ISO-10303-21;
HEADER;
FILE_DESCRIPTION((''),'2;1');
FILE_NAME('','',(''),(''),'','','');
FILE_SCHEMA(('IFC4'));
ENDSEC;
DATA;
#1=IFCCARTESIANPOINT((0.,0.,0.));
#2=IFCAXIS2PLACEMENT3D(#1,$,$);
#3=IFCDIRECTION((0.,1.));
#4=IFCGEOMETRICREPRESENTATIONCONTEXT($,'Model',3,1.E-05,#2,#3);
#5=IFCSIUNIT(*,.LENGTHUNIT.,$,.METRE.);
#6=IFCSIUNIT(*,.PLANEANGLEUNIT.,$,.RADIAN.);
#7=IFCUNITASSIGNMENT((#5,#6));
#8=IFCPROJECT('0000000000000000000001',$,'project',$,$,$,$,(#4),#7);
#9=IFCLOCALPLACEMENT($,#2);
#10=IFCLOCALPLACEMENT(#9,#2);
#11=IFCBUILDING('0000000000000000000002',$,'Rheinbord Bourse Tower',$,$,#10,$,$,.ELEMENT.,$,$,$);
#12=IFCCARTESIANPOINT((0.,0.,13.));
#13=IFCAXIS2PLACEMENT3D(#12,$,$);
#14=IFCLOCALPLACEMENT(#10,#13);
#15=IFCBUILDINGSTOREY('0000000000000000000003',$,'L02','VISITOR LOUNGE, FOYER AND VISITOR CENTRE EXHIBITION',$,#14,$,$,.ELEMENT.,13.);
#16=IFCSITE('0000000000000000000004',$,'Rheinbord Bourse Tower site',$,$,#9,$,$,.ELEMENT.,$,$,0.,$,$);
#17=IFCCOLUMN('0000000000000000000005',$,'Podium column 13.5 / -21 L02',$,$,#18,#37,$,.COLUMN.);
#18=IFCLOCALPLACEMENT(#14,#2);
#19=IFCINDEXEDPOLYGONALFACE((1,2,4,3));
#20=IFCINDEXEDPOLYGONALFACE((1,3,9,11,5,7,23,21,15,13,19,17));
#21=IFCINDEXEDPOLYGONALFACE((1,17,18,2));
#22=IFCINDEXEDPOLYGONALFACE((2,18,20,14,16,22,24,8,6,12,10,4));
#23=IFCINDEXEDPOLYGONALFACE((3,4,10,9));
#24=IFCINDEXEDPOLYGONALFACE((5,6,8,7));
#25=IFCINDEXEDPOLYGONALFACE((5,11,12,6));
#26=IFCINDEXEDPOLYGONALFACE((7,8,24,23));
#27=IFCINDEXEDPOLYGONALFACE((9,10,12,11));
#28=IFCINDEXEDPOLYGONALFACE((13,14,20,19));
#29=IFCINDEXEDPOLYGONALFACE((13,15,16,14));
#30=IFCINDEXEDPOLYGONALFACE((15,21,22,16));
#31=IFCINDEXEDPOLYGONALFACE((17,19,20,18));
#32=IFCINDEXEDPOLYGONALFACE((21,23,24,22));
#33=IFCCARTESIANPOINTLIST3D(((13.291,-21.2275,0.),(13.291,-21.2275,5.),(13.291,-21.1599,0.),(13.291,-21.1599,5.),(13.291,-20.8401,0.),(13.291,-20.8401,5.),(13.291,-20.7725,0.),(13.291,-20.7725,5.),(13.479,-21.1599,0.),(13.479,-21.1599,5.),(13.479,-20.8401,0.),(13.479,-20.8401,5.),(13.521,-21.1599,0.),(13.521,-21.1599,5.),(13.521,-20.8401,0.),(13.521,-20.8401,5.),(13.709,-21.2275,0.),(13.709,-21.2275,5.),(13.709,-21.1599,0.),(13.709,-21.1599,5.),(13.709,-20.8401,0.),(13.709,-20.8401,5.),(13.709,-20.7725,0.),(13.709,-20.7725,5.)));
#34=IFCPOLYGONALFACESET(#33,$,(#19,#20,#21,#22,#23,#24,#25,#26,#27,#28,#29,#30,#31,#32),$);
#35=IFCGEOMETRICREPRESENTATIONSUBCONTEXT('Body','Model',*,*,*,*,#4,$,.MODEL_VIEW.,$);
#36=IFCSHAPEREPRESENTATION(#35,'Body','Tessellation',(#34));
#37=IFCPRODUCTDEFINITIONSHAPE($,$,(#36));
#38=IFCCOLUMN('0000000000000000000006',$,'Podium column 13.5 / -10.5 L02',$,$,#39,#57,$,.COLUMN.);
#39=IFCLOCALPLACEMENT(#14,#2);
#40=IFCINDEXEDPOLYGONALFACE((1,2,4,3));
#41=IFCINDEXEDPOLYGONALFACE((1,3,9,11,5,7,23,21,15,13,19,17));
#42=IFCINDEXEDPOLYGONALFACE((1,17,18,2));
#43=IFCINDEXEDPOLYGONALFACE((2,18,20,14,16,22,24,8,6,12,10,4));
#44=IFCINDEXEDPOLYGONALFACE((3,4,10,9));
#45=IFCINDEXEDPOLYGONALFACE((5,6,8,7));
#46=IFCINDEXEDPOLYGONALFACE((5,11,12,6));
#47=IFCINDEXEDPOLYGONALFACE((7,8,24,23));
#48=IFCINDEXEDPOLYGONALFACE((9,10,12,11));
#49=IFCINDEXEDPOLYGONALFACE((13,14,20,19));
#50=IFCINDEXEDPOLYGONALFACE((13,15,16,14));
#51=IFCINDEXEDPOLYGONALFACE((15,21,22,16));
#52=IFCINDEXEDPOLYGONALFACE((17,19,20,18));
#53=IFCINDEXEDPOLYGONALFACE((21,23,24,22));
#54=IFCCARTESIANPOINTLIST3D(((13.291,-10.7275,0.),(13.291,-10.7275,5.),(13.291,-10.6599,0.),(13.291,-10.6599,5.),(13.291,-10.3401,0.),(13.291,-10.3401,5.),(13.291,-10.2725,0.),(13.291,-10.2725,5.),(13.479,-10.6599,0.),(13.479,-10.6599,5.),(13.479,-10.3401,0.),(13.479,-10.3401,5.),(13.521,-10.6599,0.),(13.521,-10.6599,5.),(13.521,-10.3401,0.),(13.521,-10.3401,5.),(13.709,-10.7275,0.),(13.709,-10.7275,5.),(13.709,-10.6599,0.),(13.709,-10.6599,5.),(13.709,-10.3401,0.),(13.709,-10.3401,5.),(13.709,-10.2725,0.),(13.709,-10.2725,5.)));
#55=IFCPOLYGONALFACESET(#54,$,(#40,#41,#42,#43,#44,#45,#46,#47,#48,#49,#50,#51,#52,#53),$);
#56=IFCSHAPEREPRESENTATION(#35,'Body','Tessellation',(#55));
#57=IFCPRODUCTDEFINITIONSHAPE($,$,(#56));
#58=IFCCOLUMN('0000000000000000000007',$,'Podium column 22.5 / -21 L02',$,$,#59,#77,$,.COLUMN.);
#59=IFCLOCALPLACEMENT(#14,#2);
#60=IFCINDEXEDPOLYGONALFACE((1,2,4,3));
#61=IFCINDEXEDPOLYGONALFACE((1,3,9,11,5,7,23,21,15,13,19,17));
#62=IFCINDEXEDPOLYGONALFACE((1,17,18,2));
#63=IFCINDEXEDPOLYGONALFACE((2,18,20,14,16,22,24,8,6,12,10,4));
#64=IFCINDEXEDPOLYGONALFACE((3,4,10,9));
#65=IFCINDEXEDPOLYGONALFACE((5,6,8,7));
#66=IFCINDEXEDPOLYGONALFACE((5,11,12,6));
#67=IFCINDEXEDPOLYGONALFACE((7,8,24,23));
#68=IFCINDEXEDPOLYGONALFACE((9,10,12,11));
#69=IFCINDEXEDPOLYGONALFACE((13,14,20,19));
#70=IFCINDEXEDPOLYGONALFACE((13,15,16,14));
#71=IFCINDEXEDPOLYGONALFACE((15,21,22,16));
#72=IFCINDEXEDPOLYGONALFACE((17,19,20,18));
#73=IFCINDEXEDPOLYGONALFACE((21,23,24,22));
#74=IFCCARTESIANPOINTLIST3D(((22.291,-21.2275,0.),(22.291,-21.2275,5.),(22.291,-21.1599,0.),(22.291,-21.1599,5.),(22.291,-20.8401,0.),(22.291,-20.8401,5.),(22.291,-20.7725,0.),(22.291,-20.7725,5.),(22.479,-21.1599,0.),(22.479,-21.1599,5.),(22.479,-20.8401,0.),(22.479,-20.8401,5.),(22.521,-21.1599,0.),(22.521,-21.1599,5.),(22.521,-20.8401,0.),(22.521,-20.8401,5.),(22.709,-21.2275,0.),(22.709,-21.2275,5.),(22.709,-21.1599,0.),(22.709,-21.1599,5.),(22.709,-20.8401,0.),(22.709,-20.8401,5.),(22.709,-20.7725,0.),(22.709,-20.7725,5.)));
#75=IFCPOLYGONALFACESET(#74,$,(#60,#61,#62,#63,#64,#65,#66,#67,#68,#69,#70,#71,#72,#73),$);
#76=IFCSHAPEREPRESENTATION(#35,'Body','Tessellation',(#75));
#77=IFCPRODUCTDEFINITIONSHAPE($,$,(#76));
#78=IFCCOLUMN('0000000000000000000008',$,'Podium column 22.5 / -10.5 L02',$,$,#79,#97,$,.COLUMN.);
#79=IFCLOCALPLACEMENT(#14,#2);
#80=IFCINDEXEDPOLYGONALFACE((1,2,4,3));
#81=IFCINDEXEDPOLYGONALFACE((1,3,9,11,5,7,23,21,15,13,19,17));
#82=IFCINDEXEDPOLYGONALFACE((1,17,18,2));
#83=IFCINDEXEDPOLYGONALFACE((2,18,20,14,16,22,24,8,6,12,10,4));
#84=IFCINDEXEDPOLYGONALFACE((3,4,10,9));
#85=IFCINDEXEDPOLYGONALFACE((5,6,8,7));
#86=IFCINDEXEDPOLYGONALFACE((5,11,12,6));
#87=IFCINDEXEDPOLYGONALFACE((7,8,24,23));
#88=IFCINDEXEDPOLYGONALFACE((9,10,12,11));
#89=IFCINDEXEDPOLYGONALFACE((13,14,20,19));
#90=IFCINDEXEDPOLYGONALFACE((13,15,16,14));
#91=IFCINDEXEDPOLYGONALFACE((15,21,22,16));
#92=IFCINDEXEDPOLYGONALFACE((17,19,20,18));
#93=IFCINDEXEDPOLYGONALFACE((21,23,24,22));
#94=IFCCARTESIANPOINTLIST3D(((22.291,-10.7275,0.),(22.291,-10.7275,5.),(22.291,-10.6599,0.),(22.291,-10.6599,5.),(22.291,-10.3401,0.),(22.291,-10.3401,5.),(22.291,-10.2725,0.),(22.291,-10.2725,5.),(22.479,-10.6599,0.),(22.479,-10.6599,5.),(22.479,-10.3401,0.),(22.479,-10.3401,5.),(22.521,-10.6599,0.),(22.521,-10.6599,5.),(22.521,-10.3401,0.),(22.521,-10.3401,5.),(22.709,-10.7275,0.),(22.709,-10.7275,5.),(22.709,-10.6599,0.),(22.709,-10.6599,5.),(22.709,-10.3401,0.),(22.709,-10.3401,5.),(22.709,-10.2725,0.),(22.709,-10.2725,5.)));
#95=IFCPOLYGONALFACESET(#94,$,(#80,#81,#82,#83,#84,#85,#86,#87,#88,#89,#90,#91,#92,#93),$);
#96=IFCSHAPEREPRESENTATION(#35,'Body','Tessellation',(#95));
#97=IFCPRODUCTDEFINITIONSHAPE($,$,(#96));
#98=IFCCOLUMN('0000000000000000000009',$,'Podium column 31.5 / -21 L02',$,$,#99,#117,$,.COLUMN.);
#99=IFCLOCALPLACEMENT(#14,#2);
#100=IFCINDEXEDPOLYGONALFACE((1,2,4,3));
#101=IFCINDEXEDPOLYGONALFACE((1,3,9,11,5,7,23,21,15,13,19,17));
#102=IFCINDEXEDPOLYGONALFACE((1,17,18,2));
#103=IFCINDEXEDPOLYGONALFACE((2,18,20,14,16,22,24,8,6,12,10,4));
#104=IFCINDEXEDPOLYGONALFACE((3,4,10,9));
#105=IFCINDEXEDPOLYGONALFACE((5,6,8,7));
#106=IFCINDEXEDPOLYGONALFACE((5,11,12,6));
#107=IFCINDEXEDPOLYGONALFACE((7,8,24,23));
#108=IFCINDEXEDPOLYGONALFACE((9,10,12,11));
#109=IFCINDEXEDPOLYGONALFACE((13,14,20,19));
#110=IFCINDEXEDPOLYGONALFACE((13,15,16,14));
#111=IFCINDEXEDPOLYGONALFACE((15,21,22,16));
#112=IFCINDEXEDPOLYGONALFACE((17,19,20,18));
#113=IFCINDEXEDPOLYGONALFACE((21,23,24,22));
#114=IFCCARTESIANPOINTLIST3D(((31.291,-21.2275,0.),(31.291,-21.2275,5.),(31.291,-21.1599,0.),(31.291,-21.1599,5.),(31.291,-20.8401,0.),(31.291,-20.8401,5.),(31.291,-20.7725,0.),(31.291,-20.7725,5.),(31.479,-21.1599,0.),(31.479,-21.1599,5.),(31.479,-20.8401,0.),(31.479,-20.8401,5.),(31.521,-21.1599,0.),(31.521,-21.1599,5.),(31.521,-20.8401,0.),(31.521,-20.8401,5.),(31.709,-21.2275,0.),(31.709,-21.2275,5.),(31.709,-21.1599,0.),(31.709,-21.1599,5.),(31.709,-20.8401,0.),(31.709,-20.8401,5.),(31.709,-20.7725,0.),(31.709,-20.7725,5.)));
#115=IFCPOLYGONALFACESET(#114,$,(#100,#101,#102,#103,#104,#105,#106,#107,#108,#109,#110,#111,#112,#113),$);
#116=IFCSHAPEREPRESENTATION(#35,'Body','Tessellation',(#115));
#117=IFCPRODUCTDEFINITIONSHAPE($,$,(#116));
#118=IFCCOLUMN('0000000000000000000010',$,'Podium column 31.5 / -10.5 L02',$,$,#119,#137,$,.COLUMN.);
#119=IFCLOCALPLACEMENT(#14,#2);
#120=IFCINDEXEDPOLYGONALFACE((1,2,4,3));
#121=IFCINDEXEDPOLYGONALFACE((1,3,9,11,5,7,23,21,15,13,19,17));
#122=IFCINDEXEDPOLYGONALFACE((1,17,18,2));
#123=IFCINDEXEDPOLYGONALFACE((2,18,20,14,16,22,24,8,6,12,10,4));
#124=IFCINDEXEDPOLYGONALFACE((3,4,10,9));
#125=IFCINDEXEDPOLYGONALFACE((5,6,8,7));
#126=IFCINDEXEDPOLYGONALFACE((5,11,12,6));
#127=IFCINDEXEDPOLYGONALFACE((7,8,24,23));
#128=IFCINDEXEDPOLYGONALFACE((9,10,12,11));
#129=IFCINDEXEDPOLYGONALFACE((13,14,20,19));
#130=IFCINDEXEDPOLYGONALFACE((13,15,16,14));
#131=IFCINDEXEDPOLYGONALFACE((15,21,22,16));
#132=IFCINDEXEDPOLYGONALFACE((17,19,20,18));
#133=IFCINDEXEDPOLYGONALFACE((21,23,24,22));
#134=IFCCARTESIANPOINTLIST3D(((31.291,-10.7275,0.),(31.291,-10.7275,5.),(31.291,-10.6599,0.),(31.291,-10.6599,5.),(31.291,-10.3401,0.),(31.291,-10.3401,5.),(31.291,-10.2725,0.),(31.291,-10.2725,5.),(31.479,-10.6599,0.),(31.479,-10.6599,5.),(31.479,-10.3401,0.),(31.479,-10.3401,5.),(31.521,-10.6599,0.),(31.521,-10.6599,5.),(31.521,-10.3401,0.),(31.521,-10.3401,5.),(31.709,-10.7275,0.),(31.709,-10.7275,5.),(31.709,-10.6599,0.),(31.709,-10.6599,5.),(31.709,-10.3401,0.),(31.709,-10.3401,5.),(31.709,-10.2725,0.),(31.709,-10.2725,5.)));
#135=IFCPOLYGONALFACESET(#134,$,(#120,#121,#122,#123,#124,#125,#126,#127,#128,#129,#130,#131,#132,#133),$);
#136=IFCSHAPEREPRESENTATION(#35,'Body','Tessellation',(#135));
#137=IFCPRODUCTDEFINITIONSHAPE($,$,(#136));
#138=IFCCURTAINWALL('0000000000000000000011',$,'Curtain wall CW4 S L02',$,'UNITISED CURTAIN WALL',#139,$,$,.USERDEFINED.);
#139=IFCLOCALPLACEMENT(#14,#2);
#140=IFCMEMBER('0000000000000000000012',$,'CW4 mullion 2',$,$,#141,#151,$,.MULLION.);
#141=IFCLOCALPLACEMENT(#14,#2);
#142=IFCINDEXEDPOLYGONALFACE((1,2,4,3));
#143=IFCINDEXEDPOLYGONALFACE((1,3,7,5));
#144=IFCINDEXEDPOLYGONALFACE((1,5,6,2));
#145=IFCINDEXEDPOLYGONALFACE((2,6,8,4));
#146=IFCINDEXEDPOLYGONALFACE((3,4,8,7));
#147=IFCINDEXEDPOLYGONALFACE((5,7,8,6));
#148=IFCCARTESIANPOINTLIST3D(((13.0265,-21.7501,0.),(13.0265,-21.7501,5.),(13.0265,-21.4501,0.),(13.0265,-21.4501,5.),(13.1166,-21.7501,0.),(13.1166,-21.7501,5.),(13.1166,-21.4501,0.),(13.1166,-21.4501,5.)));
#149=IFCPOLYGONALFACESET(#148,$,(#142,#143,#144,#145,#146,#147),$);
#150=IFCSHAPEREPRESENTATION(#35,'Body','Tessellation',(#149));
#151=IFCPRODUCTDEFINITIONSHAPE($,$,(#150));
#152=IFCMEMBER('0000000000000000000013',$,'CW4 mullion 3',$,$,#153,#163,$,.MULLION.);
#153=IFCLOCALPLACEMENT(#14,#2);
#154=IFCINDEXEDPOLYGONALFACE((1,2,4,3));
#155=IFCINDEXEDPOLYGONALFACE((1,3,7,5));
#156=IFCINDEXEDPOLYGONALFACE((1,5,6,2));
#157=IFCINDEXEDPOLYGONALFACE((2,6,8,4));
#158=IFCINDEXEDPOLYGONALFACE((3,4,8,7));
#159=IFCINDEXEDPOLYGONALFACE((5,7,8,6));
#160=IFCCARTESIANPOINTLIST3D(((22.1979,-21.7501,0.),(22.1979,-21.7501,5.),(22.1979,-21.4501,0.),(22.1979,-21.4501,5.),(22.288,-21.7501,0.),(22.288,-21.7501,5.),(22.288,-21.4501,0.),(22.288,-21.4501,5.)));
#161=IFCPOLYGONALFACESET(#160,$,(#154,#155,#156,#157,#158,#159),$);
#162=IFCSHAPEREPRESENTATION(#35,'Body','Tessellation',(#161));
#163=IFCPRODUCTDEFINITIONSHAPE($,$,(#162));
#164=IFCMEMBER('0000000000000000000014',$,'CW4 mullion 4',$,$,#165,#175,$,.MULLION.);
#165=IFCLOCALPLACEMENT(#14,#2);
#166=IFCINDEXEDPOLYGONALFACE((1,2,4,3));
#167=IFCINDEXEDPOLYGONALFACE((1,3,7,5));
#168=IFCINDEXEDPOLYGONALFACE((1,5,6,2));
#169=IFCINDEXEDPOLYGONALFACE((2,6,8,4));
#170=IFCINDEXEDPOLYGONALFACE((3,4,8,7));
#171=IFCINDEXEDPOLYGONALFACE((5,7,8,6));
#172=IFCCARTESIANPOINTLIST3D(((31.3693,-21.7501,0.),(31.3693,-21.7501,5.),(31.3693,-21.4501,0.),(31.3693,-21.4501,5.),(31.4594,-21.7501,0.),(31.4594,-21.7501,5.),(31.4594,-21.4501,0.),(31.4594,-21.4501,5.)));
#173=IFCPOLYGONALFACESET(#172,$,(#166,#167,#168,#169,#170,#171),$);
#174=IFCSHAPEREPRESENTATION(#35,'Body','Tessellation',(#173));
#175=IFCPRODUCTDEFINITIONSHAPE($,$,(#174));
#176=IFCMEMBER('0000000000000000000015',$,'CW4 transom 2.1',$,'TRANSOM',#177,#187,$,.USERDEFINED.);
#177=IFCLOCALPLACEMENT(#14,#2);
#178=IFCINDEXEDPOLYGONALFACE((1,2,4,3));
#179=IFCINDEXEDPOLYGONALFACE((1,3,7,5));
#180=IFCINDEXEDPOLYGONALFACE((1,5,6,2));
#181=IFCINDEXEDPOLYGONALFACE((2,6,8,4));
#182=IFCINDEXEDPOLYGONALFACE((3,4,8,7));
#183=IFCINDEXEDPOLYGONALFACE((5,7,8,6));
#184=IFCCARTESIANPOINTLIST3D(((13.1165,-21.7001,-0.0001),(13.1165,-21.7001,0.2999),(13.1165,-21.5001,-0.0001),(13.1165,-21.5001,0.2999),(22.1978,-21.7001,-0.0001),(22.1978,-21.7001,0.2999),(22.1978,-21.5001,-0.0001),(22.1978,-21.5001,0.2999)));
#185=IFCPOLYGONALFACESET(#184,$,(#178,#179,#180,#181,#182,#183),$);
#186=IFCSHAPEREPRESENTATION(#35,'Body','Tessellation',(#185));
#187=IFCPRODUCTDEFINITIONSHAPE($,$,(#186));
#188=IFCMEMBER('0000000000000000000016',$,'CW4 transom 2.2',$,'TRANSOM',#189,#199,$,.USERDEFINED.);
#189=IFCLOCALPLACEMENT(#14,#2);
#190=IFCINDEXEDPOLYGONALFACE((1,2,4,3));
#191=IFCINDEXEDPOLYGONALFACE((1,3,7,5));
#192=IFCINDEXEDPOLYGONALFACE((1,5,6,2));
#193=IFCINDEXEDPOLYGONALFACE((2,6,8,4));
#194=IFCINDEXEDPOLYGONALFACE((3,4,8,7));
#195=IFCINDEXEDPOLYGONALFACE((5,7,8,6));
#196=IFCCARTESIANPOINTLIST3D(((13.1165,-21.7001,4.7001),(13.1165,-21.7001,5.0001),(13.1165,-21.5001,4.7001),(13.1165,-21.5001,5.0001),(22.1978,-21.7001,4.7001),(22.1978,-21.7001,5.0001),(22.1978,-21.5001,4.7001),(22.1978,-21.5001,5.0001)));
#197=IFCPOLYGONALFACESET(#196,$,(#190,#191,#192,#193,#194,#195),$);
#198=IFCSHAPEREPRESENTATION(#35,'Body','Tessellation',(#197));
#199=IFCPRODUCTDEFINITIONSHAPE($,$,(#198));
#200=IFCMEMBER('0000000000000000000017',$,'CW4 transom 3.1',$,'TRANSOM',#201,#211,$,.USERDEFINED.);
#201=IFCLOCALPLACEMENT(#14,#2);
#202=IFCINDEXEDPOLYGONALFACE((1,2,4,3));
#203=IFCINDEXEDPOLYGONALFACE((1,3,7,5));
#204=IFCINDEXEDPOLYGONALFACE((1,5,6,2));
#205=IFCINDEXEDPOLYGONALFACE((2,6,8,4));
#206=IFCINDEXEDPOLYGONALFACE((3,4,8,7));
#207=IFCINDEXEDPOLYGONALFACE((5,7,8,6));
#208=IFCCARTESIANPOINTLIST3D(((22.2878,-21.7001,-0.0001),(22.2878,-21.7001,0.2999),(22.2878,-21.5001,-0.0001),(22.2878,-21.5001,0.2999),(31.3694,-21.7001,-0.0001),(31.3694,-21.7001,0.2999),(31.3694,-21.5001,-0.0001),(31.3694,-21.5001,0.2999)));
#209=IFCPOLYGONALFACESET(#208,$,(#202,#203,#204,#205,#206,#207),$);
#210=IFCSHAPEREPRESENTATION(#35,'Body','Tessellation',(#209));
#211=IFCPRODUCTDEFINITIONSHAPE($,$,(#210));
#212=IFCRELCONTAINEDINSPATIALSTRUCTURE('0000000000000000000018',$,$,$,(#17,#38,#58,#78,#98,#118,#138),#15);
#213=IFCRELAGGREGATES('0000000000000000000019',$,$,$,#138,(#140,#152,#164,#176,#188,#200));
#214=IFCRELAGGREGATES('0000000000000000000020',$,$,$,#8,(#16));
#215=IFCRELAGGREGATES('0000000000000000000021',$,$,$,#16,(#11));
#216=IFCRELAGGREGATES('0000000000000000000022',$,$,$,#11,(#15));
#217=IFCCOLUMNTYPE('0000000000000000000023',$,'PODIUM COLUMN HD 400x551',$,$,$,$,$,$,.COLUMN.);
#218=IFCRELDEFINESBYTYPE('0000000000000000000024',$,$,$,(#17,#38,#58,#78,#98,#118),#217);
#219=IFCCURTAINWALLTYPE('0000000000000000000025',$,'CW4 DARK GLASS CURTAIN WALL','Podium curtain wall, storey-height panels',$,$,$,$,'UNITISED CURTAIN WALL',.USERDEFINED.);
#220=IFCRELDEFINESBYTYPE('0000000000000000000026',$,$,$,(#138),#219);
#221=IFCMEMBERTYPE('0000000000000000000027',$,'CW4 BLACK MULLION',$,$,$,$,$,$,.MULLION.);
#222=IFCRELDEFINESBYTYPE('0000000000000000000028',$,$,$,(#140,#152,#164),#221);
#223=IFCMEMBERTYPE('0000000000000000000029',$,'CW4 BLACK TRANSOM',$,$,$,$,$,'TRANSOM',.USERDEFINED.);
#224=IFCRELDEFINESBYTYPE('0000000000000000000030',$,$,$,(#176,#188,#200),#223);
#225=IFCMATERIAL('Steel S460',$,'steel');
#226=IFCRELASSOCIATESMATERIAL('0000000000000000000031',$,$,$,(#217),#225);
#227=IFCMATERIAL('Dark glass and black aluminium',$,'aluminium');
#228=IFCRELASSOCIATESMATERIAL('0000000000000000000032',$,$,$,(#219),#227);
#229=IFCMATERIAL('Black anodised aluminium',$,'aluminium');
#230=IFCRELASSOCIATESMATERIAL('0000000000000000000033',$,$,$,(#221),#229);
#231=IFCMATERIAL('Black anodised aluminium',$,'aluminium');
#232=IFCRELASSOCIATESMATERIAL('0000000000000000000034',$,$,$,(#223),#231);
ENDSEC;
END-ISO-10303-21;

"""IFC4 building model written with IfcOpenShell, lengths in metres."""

from ifc_helpers import new_model, si_unit, direction, frame, origin, origin_2d, place, context, subcontext, project, spatial, rectangle, i_section, extrude, material, material_profile, profile_set, type_object, element, aggregate, save


model = new_model("IFC4")

# Units and contexts
model_context = context("Model", 3, precision=1e-05, world=origin(), true_north=direction((0.0, 1.0)))
body_context = subcontext(model_context, "Body", "Model", "MODEL_VIEW")
ifc_project = project(units=[si_unit("LENGTHUNIT", "METRE"), si_unit("PLANEANGLEUNIT", "RADIAN")], contexts=[model_context])

# Site, building, storey
site_placement = place(None, origin())
site = spatial("IfcSite", under=ifc_project, at=site_placement, Name="Rheinbord Bourse Tower site", CompositionType="ELEMENT", RefElevation=0.0)
building_placement = place(site_placement, origin())
building = spatial("IfcBuilding", under=site, at=building_placement, Name="Rheinbord Bourse Tower", CompositionType="ELEMENT")
storey_placement = place(building_placement, frame((0.0, 0.0, 13.0)))
storey = spatial("IfcBuildingStorey", under=building, at=storey_placement, Name="L02", Description="VISITOR LOUNGE, FOYER AND VISITOR CENTRE EXHIBITION", CompositionType="ELEMENT", Elevation=13.0)

# Columns
ifc_material_1 = material(Name="Steel S460", Category="steel")
ifc_material_profile_1 = material_profile(ifc_material_1, i_section(OverallWidth=0.418, OverallDepth=0.4551, WebThickness=0.042, FlangeThickness=0.0676, at=origin_2d()), Name="HD 400x551")
ifc_profile_set_1 = profile_set([ifc_material_profile_1], Name="Steel S460")
column_type = type_object("IfcColumnType", Name="PODIUM COLUMN HD 400x551", PredefinedType="COLUMN", material=ifc_profile_set_1)
for number, where, z_axis, x_axis, name in (
    (1, (13.5, -21.0, 0.0), (0.0, 0.0, 1.0), (1.0, 0.0, 0.0), "Podium column 13.5 / -21 L02"),
    (2, (13.5, -10.5, 0.0), (0.0, 0.0, 1.0), (1.0, 0.0, 0.0), "Podium column 13.5 / -10.5 L02"),
    (3, (22.5, -21.0, 0.0), (0.0, 0.0, 1.0), (1.0, 0.0, 0.0), "Podium column 22.5 / -21 L02"),
    (4, (22.5, -10.5, 0.0), (0.0, 0.0, 1.0), (1.0, 0.0, 0.0), "Podium column 22.5 / -10.5 L02"),
    (5, (31.5, -21.0, 0.0), (0.0, 0.0, 1.0), (1.0, 0.0, 0.0), "Podium column 31.5 / -21 L02"),
    (6, (31.5, -10.5, 0.0), (0.0, 0.0, 1.0), (1.0, 0.0, 0.0), "Podium column 31.5 / -10.5 L02"),
):
    element("IfcColumn", number, at=place(storey_placement, frame(where, z_axis=z_axis, x_axis=x_axis)), inside=storey, type_object=column_type, Name=name, PredefinedType="COLUMN", context=body_context, shape_type="SweptSolid", body=[
        extrude(i_section(OverallWidth=0.418, OverallDepth=0.4551, WebThickness=0.042, FlangeThickness=0.0676, at=origin_2d()), origin(), (0.0, 0.0, 1.0), 5.0),
    ])

# Curtain wall, members
ifc_material_2 = material(Name="Dark glass and black aluminium", Category="aluminium")
curtain_wall_type = type_object("IfcCurtainWallType", Name="CW4 DARK GLASS CURTAIN WALL", Description="Podium curtain wall, storey-height panels", ElementType="UNITISED CURTAIN WALL", PredefinedType="USERDEFINED", material=ifc_material_2)
curtain_wall_placement = place(storey_placement, origin())
curtain_wall = element("IfcCurtainWall", 7, at=curtain_wall_placement, inside=storey, type_object=curtain_wall_type, Name="Curtain wall CW4 S L02", ObjectType="UNITISED CURTAIN WALL", PredefinedType="USERDEFINED")
ifc_material_3 = material(Name="Black anodised aluminium", Category="aluminium")
ifc_material_profile_2 = material_profile(ifc_material_3, rectangle(XDim=0.3, YDim=0.0901, at=origin_2d()), Name="CW4 MULLION 90x300")
ifc_profile_set_2 = profile_set([ifc_material_profile_2], Name="Black anodised aluminium")
member_type_1 = type_object("IfcMemberType", Name="CW4 BLACK MULLION", PredefinedType="MULLION", material=ifc_profile_set_2)
member_1_placement = place(storey_placement, frame((13.0715, -21.6001, 0.0), z_axis=(0.0, 0.0, 1.0), x_axis=(0.0, 1.0, 0.0)))
member_1 = element("IfcMember", 8, at=member_1_placement, type_object=member_type_1, Name="CW4 mullion 2", PredefinedType="MULLION", context=body_context, shape_type="SweptSolid", body=[
    extrude(rectangle(XDim=0.3, YDim=0.0901, at=origin_2d()), origin(), (0.0, 0.0, 1.0), 5.0),
])
member_2_placement = place(storey_placement, frame((22.2429, -21.6001, 0.0), z_axis=(0.0, 0.0, 1.0), x_axis=(0.0, 1.0, 0.0)))
member_2 = element("IfcMember", 9, at=member_2_placement, type_object=member_type_1, Name="CW4 mullion 3", PredefinedType="MULLION", context=body_context, shape_type="SweptSolid", body=[
    extrude(rectangle(XDim=0.3, YDim=0.0901, at=origin_2d()), origin(), (0.0, 0.0, 1.0), 5.0),
])
member_3_placement = place(storey_placement, frame((31.4143, -21.6001, 0.0), z_axis=(0.0, 0.0, 1.0), x_axis=(0.0, 1.0, 0.0)))
member_3 = element("IfcMember", 10, at=member_3_placement, type_object=member_type_1, Name="CW4 mullion 4", PredefinedType="MULLION", context=body_context, shape_type="SweptSolid", body=[
    extrude(rectangle(XDim=0.3, YDim=0.0901, at=origin_2d()), origin(), (0.0, 0.0, 1.0), 5.0),
])
ifc_material_4 = material(Name="Black anodised aluminium", Category="aluminium")
ifc_material_profile_3 = material_profile(ifc_material_4, rectangle(XDim=0.2, YDim=0.3, at=origin_2d()), Name="CW4 TRANSOM 300x200")
ifc_profile_set_3 = profile_set([ifc_material_profile_3], Name="Black anodised aluminium")
member_type_2 = type_object("IfcMemberType", Name="CW4 BLACK TRANSOM", ElementType="TRANSOM", PredefinedType="USERDEFINED", material=ifc_profile_set_3)
member_4_placement = place(storey_placement, frame((13.1165, -21.6001, 0.1499), z_axis=(1.0, 0.0, 0.0), x_axis=(0.0, 1.0, 0.0)))
member_4 = element("IfcMember", 11, at=member_4_placement, type_object=member_type_2, Name="CW4 transom 2.1", ObjectType="TRANSOM", PredefinedType="USERDEFINED", context=body_context, shape_type="SweptSolid", body=[
    extrude(rectangle(XDim=0.2, YDim=0.3, at=origin_2d()), origin(), (0.0, 0.0, 1.0), 9.0813),
])
member_5_placement = place(storey_placement, frame((13.1165, -21.6001, 4.8501), z_axis=(1.0, 0.0, 0.0), x_axis=(0.0, 1.0, 0.0)))
member_5 = element("IfcMember", 12, at=member_5_placement, type_object=member_type_2, Name="CW4 transom 2.2", ObjectType="TRANSOM", PredefinedType="USERDEFINED", context=body_context, shape_type="SweptSolid", body=[
    extrude(rectangle(XDim=0.2, YDim=0.3, at=origin_2d()), origin(), (0.0, 0.0, 1.0), 9.0813),
])
member_6_placement = place(storey_placement, frame((22.2878, -21.6001, 0.1499), z_axis=(1.0, 0.0, 0.0), x_axis=(0.0, 1.0, 0.0)))
member_6 = element("IfcMember", 13, at=member_6_placement, type_object=member_type_2, Name="CW4 transom 3.1", ObjectType="TRANSOM", PredefinedType="USERDEFINED", context=body_context, shape_type="SweptSolid", body=[
    extrude(rectangle(XDim=0.2, YDim=0.3, at=origin_2d()), origin(), (0.0, 0.0, 1.0), 9.0815),
])

aggregate(curtain_wall, [member_1, member_2, member_3, member_4, member_5, member_6])

save(model, "model.ifc")
